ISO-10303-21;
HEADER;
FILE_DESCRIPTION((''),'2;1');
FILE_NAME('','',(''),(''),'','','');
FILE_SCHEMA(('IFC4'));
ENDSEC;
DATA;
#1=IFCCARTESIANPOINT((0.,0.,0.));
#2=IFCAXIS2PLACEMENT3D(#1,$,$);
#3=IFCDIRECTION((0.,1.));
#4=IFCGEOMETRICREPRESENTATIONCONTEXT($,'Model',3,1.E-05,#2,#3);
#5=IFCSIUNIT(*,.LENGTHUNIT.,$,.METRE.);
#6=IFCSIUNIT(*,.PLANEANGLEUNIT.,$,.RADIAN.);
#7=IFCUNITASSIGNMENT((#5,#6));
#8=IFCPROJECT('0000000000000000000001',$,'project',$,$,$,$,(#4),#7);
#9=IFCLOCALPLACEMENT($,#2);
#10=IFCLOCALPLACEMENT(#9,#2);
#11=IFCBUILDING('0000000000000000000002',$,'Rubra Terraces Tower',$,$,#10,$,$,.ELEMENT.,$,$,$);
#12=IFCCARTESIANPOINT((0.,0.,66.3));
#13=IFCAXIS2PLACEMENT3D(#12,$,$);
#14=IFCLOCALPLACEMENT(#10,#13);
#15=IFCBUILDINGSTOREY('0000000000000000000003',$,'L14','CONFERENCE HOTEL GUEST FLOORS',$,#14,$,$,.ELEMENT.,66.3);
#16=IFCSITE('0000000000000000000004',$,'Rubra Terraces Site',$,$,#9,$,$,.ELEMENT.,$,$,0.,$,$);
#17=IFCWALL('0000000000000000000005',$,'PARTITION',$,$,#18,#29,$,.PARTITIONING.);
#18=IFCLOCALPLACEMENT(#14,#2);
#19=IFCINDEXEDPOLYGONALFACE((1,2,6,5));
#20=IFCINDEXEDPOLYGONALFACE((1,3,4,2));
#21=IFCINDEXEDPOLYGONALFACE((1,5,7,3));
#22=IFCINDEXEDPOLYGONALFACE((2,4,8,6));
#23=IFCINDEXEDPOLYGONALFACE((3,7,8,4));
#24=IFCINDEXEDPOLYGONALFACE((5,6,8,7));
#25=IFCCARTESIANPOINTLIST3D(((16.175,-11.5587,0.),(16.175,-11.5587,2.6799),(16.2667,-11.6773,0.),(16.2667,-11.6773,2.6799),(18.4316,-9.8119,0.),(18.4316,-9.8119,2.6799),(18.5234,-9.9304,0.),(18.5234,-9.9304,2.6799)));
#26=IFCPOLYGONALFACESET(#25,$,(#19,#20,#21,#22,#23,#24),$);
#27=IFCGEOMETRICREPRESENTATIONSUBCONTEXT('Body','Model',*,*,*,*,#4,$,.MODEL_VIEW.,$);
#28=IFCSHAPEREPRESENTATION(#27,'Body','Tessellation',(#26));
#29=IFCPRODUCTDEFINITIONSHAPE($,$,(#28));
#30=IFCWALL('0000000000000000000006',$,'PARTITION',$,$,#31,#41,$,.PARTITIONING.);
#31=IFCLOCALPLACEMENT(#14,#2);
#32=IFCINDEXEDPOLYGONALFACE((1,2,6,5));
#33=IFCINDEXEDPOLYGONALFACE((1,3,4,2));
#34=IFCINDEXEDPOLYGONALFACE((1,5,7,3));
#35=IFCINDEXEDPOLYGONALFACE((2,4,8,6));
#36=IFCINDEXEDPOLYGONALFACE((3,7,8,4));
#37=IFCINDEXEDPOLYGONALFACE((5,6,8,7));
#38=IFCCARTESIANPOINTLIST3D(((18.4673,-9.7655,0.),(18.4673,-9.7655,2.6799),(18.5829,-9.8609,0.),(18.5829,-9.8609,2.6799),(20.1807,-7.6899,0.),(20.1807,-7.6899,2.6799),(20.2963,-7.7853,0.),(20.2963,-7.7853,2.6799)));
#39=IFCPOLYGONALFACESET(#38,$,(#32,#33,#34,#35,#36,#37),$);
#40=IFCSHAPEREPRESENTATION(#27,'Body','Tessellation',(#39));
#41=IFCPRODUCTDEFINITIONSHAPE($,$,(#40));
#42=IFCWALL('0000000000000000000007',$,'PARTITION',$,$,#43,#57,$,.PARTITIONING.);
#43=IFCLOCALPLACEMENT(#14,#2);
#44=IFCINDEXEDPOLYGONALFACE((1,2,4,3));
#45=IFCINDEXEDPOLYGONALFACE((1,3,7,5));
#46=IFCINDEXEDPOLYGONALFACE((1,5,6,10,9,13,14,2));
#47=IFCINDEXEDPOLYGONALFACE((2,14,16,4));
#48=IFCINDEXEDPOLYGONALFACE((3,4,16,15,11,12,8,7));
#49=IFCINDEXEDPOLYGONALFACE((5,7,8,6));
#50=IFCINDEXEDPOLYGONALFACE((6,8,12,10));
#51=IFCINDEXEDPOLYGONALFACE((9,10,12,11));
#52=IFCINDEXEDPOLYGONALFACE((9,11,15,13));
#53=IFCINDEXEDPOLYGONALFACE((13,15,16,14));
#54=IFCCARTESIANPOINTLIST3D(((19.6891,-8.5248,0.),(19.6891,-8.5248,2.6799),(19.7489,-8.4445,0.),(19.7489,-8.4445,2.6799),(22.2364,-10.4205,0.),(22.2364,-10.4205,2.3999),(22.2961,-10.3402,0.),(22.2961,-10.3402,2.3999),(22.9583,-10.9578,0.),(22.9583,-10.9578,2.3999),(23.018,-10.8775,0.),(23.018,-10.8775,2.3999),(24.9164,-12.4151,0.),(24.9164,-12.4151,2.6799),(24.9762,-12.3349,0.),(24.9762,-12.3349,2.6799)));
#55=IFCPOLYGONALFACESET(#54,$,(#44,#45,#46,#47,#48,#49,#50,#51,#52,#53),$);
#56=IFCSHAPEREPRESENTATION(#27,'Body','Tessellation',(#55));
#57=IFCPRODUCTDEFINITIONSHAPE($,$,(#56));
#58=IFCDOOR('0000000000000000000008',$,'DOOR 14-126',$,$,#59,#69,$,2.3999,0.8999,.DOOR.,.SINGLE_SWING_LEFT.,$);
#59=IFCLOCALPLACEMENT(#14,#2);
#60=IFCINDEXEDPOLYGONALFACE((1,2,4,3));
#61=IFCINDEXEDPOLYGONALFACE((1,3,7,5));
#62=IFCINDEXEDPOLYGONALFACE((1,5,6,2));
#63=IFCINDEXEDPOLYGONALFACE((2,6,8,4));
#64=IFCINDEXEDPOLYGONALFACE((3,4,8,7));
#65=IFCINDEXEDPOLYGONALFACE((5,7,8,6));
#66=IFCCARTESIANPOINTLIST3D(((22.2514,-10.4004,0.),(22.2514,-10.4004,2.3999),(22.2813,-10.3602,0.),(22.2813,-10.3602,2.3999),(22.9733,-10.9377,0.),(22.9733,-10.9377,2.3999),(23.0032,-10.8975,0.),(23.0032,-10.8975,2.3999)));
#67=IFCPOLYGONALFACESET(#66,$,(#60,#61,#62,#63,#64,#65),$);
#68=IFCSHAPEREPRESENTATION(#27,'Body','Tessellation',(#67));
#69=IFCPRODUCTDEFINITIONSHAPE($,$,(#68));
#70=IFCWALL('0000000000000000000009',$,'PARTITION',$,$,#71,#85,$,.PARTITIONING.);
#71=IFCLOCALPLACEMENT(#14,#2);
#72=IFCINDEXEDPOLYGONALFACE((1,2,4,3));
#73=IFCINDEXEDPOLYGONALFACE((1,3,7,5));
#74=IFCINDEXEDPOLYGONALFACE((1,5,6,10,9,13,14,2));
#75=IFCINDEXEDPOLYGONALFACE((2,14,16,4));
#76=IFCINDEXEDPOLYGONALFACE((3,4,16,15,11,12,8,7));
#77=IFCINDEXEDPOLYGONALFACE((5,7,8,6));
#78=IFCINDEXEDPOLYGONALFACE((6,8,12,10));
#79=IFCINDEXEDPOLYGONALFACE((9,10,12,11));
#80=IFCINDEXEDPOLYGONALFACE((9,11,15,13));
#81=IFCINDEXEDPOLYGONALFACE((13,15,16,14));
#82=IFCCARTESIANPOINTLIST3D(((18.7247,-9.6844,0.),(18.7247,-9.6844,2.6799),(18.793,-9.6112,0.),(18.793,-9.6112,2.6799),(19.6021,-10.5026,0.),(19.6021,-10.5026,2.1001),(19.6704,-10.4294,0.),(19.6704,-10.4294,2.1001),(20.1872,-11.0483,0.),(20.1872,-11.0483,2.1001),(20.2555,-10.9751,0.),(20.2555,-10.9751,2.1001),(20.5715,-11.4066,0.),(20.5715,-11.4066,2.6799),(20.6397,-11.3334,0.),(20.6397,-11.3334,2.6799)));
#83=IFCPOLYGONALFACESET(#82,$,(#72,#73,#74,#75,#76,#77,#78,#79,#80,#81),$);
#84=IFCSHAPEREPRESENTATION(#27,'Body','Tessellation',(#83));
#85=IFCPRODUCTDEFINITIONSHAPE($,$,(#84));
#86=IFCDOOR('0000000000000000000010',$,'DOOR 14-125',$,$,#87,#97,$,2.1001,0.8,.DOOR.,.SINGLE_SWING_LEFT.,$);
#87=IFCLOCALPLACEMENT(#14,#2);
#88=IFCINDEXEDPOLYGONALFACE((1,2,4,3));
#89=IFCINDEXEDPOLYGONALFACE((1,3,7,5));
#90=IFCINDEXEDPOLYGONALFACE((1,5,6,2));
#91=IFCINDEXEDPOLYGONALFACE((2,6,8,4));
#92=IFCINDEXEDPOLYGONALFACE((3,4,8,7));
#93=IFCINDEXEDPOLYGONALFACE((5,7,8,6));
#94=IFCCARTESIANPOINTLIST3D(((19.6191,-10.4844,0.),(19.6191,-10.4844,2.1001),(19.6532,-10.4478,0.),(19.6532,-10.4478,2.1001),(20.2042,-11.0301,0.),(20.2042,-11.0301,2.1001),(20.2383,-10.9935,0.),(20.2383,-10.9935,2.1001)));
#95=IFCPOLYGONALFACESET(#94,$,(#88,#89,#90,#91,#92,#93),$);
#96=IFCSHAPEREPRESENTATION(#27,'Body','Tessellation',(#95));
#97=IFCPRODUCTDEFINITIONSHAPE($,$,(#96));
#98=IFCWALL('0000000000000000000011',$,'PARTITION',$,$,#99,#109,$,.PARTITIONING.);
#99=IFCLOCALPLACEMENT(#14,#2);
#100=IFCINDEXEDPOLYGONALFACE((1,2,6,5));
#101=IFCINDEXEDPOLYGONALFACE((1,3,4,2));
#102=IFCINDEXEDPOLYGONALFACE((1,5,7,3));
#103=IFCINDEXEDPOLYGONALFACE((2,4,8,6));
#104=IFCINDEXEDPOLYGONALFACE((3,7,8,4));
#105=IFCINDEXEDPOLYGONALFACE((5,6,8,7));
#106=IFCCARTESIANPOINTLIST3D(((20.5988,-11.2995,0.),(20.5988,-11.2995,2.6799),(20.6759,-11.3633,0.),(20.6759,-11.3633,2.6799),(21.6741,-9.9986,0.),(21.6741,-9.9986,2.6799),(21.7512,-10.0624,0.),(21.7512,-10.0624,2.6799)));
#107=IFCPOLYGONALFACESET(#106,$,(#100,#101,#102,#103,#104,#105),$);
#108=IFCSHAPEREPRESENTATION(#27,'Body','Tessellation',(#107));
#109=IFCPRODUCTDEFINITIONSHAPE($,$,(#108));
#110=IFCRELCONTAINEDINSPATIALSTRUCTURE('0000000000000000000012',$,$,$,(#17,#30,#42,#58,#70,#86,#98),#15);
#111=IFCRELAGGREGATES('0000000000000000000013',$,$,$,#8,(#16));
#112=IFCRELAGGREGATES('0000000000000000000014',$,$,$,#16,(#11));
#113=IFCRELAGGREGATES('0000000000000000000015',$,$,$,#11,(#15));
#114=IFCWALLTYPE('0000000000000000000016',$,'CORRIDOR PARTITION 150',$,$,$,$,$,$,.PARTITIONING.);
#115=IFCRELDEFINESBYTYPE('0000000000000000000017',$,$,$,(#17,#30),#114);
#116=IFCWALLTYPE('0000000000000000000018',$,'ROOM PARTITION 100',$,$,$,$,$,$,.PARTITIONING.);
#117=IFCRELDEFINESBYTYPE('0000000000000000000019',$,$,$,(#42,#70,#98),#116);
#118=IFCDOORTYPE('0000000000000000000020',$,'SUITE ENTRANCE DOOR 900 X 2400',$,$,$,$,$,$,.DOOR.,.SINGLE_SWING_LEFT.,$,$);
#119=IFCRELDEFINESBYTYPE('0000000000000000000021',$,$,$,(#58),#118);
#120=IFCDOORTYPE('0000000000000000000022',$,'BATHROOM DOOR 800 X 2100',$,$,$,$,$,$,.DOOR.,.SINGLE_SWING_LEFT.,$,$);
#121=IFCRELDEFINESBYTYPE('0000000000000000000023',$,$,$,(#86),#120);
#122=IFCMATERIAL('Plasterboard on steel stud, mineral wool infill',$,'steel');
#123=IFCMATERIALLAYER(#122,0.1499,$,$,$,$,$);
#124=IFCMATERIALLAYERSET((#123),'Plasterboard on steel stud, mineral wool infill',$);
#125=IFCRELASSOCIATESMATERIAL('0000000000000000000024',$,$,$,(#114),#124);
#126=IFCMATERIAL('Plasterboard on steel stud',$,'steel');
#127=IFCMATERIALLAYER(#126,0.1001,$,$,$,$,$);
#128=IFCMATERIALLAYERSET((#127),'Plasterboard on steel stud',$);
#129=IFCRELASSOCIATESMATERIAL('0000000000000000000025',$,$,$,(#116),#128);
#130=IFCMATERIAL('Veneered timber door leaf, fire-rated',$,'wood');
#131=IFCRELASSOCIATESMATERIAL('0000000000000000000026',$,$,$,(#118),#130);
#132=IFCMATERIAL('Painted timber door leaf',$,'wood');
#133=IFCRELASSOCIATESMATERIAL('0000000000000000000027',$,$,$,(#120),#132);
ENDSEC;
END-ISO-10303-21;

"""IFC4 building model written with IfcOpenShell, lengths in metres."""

from ifc_helpers import new_model, si_unit, direction, frame, frame_2d, origin, place, context, subcontext, project, spatial, rectangle, extrude, material, layer, layer_set, type_object, element, fill, save


model = new_model("IFC4")

# Units and contexts
model_context = context("Model", 3, precision=1e-05, world=origin(), true_north=direction((0.0, 1.0)))
body_context = subcontext(model_context, "Body", "Model", "MODEL_VIEW")
ifc_project = project(units=[si_unit("LENGTHUNIT", "METRE"), si_unit("PLANEANGLEUNIT", "RADIAN")], contexts=[model_context])

# Site, building, storey
site_placement = place(None, origin())
site = spatial("IfcSite", under=ifc_project, at=site_placement, Name="Rubra Terraces Site", CompositionType="ELEMENT", RefElevation=0.0)
building_placement = place(site_placement, origin())
building = spatial("IfcBuilding", under=site, at=building_placement, Name="Rubra Terraces Tower", CompositionType="ELEMENT")
storey_placement = place(building_placement, frame((0.0, 0.0, 66.3)))
storey = spatial("IfcBuildingStorey", under=building, at=storey_placement, Name="L14", Description="CONFERENCE HOTEL GUEST FLOORS", CompositionType="ELEMENT", Elevation=66.3)

# Walls
ifc_material_1 = material(Name="Plasterboard on steel stud, mineral wool infill", Category="steel")
ifc_layer_1 = layer(ifc_material_1, 0.1499)
ifc_layer_set_1 = layer_set([ifc_layer_1], Name="Plasterboard on steel stud, mineral wool infill")
wall_type_1 = type_object("IfcWallType", Name="CORRIDOR PARTITION 150", PredefinedType="PARTITIONING", material=ifc_layer_set_1)
wall_1_placement = place(storey_placement, frame((16.2209, -11.6179, 0.0), z_axis=(0.0, 0.0, 1.0), x_axis=(0.79076, 0.612127, 0.0)))
element("IfcWall", 1, at=wall_1_placement, inside=storey, type_object=wall_type_1, Name="PARTITION", PredefinedType="PARTITIONING", context=body_context, shape_type="SweptSolid", body=[
    extrude(rectangle(XDim=2.8538, YDim=0.1499, at=frame_2d((1.4268, 0.0))), origin(), (0.0, 0.0, 1.0), 2.6799),
])
wall_2_placement = place(storey_placement, frame((18.5251, -9.8132, 0.0), z_axis=(0.0, 0.0, 1.0), x_axis=(0.636591, 0.771202, 0.0)))
element("IfcWall", 2, at=wall_2_placement, inside=storey, type_object=wall_type_1, Name="PARTITION", PredefinedType="PARTITIONING", context=body_context, shape_type="SweptSolid", body=[
    extrude(rectangle(XDim=2.6914, YDim=0.1499, at=frame_2d((1.3457, 0.0))), origin(), (0.0, 0.0, 1.0), 2.6799),
])

# Walls, openings, doors
ifc_material_2 = material(Name="Plasterboard on steel stud", Category="steel")
ifc_layer_2 = layer(ifc_material_2, 0.1001)
ifc_layer_set_2 = layer_set([ifc_layer_2], Name="Plasterboard on steel stud")
wall_type_2 = type_object("IfcWallType", Name="ROOM PARTITION 100", PredefinedType="PARTITIONING", material=ifc_layer_set_2)
wall_3_placement = place(storey_placement, frame((24.9463, -12.375, 0.0), z_axis=(0.0, 0.0, 1.0), x_axis=(-0.802211, 0.59704, 0.0)))
wall_3 = element("IfcWall", 3, at=wall_3_placement, inside=storey, type_object=wall_type_2, Name="PARTITION", PredefinedType="PARTITIONING", context=body_context, shape_type="SweptSolid", body=[
    extrude(rectangle(XDim=6.5161, YDim=0.1001, at=frame_2d((3.2581, 0.0))), origin(), (0.0, 0.0, 1.0), 2.6799),
])
opening_1_placement = place(wall_3_placement, frame((2.4409, 0.0, 0.0)))
opening_1 = element("IfcOpeningElement", 4, at=opening_1_placement, cuts=wall_3, PredefinedType="OPENING", context=body_context, shape_type="SweptSolid", body=[
    extrude(rectangle(XDim=0.8999, YDim=2.3999, at=frame_2d((0.45, 1.2))), frame((0.0, 0.0601, 0.0), z_axis=(0.0, -1.0, 0.0), x_axis=(1.0, 0.0, 0.0)), (0.0, 0.0, 1.0), 0.1201),
])
ifc_material_3 = material(Name="Veneered timber door leaf, fire-rated", Category="wood")
door_type_1 = type_object("IfcDoorType", Name="SUITE ENTRANCE DOOR 900 X 2400", OperationType="SINGLE_SWING_LEFT", PredefinedType="DOOR", material=ifc_material_3)
door_1_placement = place(opening_1_placement, origin())
door_1 = element("IfcDoor", 5, at=door_1_placement, inside=storey, type_object=door_type_1, Name="DOOR 14-126", OperationType="SINGLE_SWING_LEFT", OverallHeight=2.3999, OverallWidth=0.8999, PredefinedType="DOOR", context=body_context, shape_type="SweptSolid", body=[
    extrude(rectangle(XDim=0.8999, YDim=2.3999, at=frame_2d((0.45, 1.2))), frame((0.0, 0.0249, 0.0), z_axis=(0.0, -1.0, 0.0), x_axis=(1.0, 0.0, 0.0)), (0.0, 0.0, 1.0), 0.05),
])
fill(opening_1, door_1)
wall_4_placement = place(storey_placement, frame((18.7588, -9.6477, 0.0), z_axis=(0.0, 0.0, 1.0), x_axis=(0.731332, -0.682022, 0.0)))
wall_4 = element("IfcWall", 6, at=wall_4_placement, inside=storey, type_object=wall_type_2, Name="PARTITION", PredefinedType="PARTITIONING", context=body_context, shape_type="SweptSolid", body=[
    extrude(rectangle(XDim=2.5251, YDim=0.1001, at=frame_2d((1.2627, 0.0))), origin(), (0.0, 0.0, 1.0), 2.6799),
])
opening_2_placement = place(wall_4_placement, frame((1.2, 0.0, 0.0)))
opening_2 = element("IfcOpeningElement", 7, at=opening_2_placement, cuts=wall_4, PredefinedType="OPENING", context=body_context, shape_type="SweptSolid", body=[
    extrude(rectangle(XDim=0.8, YDim=2.1001, at=frame_2d((0.3999, 1.05))), frame((0.0, 0.0601, 0.0), z_axis=(0.0, -1.0, 0.0), x_axis=(1.0, 0.0, 0.0)), (0.0, 0.0, 1.0), 0.1201),
])
ifc_material_4 = material(Name="Painted timber door leaf", Category="wood")
door_type_2 = type_object("IfcDoorType", Name="BATHROOM DOOR 800 X 2100", OperationType="SINGLE_SWING_LEFT", PredefinedType="DOOR", material=ifc_material_4)
door_2_placement = place(opening_2_placement, origin())
door_2 = element("IfcDoor", 8, at=door_2_placement, inside=storey, type_object=door_type_2, Name="DOOR 14-125", OperationType="SINGLE_SWING_LEFT", OverallHeight=2.1001, OverallWidth=0.8, PredefinedType="DOOR", context=body_context, shape_type="SweptSolid", body=[
    extrude(rectangle(XDim=0.8, YDim=2.1001, at=frame_2d((0.3999, 1.05))), frame((0.0, 0.0249, 0.0), z_axis=(0.0, -1.0, 0.0), x_axis=(1.0, 0.0, 0.0)), (0.0, 0.0, 1.0), 0.05),
])
fill(opening_2, door_2)

# Wall
wall_5_placement = place(storey_placement, frame((20.6375, -11.3313, 0.0), z_axis=(0.0, 0.0, 1.0), x_axis=(0.637106, 0.770776, 0.0)))
element("IfcWall", 9, at=wall_5_placement, inside=storey, type_object=wall_type_2, Name="PARTITION", PredefinedType="PARTITIONING", context=body_context, shape_type="SweptSolid", body=[
    extrude(rectangle(XDim=1.6877, YDim=0.1001, at=frame_2d((0.8438, 0.0))), origin(), (0.0, 0.0, 1.0), 2.6799),
])

save(model, "model.ifc")
